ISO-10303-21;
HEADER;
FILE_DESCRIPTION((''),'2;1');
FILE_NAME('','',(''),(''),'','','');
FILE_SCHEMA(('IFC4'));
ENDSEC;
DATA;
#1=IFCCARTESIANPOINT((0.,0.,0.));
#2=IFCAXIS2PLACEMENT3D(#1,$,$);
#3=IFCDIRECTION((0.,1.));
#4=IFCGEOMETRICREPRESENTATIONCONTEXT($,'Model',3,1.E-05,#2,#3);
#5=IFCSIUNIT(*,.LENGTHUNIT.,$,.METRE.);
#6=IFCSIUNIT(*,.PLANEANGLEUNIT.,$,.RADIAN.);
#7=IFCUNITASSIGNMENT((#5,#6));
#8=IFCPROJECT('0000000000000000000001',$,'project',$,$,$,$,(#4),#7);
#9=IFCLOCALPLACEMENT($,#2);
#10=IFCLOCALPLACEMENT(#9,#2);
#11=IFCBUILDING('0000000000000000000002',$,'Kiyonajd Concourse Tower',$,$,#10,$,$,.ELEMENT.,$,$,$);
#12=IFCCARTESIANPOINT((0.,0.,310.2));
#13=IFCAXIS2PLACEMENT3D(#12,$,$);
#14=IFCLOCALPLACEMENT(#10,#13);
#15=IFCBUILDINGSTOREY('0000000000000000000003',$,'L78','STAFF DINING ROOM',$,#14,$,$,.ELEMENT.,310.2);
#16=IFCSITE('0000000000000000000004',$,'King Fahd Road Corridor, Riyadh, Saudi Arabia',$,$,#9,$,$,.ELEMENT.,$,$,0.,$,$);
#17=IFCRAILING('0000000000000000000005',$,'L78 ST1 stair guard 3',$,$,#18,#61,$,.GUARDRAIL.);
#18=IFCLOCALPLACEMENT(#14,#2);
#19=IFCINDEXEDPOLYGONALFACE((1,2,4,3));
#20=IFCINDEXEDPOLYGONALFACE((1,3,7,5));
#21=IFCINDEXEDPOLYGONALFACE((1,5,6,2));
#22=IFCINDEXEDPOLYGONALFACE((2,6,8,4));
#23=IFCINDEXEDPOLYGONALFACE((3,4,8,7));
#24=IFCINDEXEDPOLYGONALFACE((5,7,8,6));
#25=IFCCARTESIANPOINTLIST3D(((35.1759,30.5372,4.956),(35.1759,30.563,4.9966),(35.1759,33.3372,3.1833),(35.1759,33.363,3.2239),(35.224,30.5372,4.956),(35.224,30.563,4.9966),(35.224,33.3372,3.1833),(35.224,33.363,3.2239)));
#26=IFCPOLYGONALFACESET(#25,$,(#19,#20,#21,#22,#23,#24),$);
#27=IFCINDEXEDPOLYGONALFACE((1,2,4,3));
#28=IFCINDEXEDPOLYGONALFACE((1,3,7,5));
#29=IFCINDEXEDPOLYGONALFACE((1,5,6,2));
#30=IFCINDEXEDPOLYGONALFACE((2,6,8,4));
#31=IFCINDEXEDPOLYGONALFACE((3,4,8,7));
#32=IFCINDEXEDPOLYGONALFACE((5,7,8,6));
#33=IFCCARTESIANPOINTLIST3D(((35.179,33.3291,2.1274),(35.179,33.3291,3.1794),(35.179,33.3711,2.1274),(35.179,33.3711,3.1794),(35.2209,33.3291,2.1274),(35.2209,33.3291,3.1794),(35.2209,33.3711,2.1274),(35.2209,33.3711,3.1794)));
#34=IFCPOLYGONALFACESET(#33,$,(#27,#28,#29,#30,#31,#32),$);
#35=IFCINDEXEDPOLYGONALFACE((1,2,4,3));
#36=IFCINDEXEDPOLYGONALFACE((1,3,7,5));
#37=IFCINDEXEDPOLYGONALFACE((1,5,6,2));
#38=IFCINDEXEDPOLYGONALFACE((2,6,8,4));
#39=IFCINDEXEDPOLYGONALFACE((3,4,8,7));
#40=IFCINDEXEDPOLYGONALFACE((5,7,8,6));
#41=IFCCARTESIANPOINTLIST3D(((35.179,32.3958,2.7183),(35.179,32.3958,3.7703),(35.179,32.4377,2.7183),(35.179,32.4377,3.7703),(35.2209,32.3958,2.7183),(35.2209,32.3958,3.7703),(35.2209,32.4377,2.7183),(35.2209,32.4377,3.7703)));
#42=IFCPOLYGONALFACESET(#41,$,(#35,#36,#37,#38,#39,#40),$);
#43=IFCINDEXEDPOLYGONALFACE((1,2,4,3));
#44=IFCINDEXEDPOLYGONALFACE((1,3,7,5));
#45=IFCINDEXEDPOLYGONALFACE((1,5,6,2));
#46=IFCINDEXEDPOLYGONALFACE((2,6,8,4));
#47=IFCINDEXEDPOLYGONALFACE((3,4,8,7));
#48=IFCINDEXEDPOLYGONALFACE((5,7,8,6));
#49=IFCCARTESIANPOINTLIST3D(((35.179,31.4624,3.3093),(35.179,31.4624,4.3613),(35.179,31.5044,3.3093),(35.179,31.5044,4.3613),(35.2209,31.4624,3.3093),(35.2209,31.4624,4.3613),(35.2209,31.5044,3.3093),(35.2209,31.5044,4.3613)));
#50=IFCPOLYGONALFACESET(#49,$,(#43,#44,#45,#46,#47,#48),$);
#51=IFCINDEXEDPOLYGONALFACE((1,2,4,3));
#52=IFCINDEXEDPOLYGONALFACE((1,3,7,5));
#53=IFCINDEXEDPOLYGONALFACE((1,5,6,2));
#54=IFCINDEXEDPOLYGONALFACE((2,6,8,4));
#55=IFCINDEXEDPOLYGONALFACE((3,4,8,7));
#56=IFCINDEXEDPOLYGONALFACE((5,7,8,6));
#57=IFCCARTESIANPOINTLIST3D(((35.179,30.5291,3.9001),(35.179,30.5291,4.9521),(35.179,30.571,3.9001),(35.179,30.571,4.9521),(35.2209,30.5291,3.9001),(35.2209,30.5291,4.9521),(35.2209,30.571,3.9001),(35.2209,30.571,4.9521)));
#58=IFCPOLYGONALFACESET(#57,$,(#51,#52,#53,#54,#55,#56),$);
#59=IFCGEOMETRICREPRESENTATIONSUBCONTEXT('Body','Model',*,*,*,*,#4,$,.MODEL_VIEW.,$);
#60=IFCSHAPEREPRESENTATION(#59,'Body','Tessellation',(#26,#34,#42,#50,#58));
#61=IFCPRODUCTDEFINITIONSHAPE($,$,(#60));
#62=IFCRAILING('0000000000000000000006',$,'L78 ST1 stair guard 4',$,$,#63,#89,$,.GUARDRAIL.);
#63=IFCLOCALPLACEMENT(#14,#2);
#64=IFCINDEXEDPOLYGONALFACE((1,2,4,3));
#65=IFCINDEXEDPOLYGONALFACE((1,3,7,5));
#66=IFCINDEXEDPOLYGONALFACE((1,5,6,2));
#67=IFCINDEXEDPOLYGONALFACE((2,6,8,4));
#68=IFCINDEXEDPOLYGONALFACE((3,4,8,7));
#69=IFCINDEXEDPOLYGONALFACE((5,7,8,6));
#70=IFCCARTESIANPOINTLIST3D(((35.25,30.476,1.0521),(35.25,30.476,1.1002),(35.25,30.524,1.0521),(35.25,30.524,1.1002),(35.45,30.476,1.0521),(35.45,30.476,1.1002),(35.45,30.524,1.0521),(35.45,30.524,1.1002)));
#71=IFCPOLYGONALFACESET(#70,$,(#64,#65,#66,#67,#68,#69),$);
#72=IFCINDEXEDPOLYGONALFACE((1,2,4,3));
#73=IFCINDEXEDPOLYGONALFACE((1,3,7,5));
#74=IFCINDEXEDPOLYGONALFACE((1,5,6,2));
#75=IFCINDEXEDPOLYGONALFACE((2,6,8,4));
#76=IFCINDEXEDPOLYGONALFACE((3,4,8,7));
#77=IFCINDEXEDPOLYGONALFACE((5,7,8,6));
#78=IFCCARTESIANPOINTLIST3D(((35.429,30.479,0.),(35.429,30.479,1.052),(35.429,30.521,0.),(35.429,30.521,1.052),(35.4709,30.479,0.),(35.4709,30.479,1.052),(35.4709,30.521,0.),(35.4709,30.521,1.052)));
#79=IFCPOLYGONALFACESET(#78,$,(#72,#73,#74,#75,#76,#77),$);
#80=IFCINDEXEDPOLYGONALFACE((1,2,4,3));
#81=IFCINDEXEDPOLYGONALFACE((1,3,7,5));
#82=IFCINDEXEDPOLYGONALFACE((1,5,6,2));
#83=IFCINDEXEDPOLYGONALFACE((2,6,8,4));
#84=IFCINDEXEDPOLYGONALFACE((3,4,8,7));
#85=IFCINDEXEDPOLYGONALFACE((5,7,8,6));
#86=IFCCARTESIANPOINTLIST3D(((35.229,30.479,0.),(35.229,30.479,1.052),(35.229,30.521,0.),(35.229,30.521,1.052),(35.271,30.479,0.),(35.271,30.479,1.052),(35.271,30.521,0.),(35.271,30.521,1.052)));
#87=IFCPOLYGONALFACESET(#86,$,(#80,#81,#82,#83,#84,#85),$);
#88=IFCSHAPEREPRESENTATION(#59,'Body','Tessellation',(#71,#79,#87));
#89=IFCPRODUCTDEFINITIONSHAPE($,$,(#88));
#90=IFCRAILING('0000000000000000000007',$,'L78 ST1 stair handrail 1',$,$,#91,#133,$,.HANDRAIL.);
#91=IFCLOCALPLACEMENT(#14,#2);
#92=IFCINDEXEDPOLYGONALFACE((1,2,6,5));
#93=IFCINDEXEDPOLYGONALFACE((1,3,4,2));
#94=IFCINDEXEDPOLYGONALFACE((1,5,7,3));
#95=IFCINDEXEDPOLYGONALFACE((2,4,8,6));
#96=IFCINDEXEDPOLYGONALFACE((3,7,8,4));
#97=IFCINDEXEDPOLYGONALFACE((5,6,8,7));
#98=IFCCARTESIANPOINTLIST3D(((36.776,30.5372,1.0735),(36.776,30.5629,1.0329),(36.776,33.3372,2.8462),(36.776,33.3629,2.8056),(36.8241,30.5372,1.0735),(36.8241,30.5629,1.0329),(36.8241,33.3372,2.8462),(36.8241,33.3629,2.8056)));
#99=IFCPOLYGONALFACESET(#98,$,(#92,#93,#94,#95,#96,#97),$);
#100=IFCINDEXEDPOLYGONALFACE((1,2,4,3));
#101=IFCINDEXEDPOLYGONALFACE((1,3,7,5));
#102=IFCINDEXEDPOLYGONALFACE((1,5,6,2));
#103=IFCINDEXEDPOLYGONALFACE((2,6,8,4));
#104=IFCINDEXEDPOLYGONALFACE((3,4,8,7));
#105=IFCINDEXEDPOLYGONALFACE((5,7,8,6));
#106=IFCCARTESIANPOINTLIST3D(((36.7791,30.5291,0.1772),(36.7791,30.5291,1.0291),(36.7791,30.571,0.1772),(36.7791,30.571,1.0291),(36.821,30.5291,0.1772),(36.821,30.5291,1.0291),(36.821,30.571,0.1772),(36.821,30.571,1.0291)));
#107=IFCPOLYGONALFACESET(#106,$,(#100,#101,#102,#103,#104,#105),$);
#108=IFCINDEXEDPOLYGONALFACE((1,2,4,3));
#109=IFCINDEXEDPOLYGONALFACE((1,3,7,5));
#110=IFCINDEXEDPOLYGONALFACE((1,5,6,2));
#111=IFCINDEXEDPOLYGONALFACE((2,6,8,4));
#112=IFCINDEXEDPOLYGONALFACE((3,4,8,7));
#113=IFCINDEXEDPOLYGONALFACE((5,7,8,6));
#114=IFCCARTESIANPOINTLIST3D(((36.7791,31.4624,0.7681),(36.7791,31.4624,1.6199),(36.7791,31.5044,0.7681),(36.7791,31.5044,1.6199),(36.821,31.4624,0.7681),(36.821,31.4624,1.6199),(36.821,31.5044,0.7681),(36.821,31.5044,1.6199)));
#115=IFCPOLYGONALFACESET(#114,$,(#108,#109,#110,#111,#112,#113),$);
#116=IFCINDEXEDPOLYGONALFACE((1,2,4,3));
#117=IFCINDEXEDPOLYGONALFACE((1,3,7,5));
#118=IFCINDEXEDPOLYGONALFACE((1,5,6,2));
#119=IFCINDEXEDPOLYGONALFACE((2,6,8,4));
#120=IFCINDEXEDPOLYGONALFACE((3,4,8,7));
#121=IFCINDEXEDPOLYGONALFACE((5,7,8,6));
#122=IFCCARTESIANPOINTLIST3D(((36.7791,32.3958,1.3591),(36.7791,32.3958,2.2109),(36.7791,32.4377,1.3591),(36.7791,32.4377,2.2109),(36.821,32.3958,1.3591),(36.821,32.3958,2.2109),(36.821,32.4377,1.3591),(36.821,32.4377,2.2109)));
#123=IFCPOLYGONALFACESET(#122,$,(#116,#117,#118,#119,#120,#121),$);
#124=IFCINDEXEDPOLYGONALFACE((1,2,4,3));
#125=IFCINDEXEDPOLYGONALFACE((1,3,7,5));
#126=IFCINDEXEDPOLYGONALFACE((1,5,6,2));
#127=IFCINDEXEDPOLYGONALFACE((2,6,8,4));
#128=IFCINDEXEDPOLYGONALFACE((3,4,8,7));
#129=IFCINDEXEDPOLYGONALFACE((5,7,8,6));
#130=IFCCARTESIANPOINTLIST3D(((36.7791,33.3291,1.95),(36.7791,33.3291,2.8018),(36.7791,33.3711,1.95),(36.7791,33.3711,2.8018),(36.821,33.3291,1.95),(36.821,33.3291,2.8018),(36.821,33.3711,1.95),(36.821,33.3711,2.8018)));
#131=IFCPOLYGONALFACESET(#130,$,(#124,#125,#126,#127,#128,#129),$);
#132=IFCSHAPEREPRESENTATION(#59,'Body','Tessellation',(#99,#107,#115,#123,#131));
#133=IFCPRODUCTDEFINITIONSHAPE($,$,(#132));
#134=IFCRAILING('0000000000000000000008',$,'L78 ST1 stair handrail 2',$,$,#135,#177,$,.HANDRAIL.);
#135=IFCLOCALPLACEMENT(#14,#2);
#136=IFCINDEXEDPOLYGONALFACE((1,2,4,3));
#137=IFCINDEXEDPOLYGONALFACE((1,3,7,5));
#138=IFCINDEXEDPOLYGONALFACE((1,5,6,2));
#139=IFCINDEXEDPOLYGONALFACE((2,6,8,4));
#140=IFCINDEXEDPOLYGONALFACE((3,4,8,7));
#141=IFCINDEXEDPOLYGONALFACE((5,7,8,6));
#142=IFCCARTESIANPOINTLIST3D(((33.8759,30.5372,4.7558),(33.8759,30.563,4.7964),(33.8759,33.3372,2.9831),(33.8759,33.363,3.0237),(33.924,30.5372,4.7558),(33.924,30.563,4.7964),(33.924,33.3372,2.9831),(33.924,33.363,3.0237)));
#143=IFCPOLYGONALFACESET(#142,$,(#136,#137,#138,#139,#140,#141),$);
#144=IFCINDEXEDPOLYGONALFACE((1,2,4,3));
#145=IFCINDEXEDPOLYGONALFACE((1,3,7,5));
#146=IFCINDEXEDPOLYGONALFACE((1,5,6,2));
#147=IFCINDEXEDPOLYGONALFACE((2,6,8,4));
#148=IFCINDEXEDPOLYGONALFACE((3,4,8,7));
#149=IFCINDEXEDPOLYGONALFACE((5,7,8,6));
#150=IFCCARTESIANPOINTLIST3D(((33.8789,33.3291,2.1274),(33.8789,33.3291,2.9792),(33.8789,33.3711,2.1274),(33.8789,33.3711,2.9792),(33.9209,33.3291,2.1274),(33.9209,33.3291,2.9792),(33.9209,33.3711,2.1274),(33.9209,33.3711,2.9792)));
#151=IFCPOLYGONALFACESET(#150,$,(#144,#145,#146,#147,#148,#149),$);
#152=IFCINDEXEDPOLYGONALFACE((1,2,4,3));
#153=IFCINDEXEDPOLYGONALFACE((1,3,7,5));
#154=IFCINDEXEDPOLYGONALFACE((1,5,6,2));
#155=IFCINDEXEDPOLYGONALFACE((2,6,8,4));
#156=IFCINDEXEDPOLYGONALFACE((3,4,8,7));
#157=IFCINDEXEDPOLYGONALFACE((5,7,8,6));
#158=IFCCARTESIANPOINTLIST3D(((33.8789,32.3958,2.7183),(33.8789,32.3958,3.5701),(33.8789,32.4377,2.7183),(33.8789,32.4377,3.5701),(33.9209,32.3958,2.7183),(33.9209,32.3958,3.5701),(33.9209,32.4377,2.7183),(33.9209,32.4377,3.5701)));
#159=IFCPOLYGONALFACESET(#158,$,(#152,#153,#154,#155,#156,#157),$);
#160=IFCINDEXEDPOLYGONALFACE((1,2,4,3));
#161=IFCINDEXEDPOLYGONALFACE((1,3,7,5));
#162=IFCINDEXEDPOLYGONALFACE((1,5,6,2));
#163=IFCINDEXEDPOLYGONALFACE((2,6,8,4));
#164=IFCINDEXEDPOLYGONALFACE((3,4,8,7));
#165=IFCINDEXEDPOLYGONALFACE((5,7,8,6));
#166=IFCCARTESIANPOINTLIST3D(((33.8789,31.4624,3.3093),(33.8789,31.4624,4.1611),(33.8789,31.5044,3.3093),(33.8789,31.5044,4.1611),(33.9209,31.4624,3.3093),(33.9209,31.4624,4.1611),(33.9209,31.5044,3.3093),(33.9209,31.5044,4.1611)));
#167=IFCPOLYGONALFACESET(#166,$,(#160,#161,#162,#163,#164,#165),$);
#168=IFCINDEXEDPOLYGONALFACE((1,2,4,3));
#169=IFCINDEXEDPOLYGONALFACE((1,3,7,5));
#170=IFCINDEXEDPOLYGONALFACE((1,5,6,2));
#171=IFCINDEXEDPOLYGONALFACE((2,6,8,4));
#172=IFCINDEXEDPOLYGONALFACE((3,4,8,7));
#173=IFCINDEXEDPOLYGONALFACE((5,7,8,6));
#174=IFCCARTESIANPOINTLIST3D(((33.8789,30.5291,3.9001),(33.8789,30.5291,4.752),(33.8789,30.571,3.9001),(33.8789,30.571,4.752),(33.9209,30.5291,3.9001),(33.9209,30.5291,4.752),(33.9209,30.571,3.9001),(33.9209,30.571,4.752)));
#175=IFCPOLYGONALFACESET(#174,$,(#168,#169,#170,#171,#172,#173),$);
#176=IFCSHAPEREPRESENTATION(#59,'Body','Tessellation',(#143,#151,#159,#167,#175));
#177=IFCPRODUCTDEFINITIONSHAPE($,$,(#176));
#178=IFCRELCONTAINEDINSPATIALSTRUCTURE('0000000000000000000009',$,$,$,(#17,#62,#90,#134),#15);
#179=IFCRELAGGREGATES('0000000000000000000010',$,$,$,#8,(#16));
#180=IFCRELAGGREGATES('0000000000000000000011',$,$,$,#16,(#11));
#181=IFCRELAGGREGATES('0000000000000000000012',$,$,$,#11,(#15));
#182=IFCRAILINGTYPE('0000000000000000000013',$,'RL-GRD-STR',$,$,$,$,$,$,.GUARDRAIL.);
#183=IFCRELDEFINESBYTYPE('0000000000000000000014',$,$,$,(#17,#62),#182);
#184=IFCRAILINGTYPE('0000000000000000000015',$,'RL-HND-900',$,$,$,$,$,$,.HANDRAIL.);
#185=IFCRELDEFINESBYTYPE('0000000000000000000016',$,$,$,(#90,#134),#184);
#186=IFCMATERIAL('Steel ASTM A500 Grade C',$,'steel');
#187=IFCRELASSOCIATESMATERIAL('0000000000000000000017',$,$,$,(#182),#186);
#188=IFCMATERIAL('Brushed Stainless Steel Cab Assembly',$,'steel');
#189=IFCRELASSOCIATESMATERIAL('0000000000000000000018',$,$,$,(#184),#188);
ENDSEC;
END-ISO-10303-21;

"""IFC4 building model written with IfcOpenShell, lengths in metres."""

from ifc_helpers import new_model, si_unit, direction, frame, origin, origin_2d, place, context, subcontext, project, spatial, rectangle, extrude, material, type_object, element, save


model = new_model("IFC4")

# Units and contexts
model_context = context("Model", 3, precision=1e-05, world=origin(), true_north=direction((0.0, 1.0)))
body_context = subcontext(model_context, "Body", "Model", "MODEL_VIEW")
ifc_project = project(units=[si_unit("LENGTHUNIT", "METRE"), si_unit("PLANEANGLEUNIT", "RADIAN")], contexts=[model_context])

# Site, building, storey
site_placement = place(None, origin())
site = spatial("IfcSite", under=ifc_project, at=site_placement, Name="King Fahd Road Corridor, Riyadh, Saudi Arabia", CompositionType="ELEMENT", RefElevation=0.0)
building_placement = place(site_placement, origin())
building = spatial("IfcBuilding", under=site, at=building_placement, Name="Kiyonajd Concourse Tower", CompositionType="ELEMENT")
storey_placement = place(building_placement, frame((0.0, 0.0, 310.2)))
storey = spatial("IfcBuildingStorey", under=building, at=storey_placement, Name="L78", Description="STAFF DINING ROOM", CompositionType="ELEMENT", Elevation=310.2)

# Shared definitions
ifc_material_1 = material(Name="Brushed Stainless Steel Cab Assembly", Category="steel")

# Railings
ifc_material_2 = material(Name="Steel ASTM A500 Grade C", Category="steel")
railing_type_1 = type_object("IfcRailingType", Name="RL-GRD-STR", PredefinedType="GUARDRAIL", material=ifc_material_2)
railing_1_placement = place(storey_placement, frame((35.2, 33.3501, 2.1274)))
element("IfcRailing", 1, at=railing_1_placement, inside=storey, type_object=railing_type_1, Name="L78 ST1 stair guard 3", PredefinedType="GUARDRAIL", context=body_context, shape_type="SweptSolid", body=[
    extrude(rectangle(XDim=0.0481, YDim=0.0481, at=origin_2d()), frame((0.0, 0.0, 1.0762), z_axis=(0.0, -0.844909, 0.53491), x_axis=(1.0, 0.0, 0.0)), (0.0, 0.0, 1.0), 3.314),
    extrude(rectangle(XDim=0.042, YDim=0.042, at=origin_2d()), origin(), (0.0, 0.0, 1.0), 1.052),
    extrude(rectangle(XDim=0.042, YDim=0.042, at=origin_2d()), frame((0.0, -0.9333, 0.5908)), (0.0, 0.0, 1.0), 1.052),
    extrude(rectangle(XDim=0.042, YDim=0.042, at=origin_2d()), frame((0.0, -1.8667, 1.1819)), (0.0, 0.0, 1.0), 1.052),
    extrude(rectangle(XDim=0.042, YDim=0.042, at=origin_2d()), frame((0.0, -2.8, 1.7727)), (0.0, 0.0, 1.0), 1.052),
])
railing_2_placement = place(storey_placement, frame((35.45, 30.5, 0.0)))
element("IfcRailing", 2, at=railing_2_placement, inside=storey, type_object=railing_type_1, Name="L78 ST1 stair guard 4", PredefinedType="GUARDRAIL", context=body_context, shape_type="SweptSolid", body=[
    extrude(rectangle(XDim=0.0481, YDim=0.0481, at=origin_2d()), frame((0.0, 0.0, 1.0762), z_axis=(-1.0, 0.0, 0.0), x_axis=(0.0, -1.0, 0.0)), (0.0, 0.0, 1.0), 0.2),
    extrude(rectangle(XDim=0.042, YDim=0.042, at=origin_2d()), origin(), (0.0, 0.0, 1.0), 1.052),
    extrude(rectangle(XDim=0.042, YDim=0.042, at=origin_2d()), frame((-0.2, 0.0, 0.0)), (0.0, 0.0, 1.0), 1.052),
])
railing_type_2 = type_object("IfcRailingType", Name="RL-HND-900", PredefinedType="HANDRAIL", material=ifc_material_1)
railing_3_placement = place(storey_placement, frame((36.8, 30.55, 0.1772)))
element("IfcRailing", 3, at=railing_3_placement, inside=storey, type_object=railing_type_2, Name="L78 ST1 stair handrail 1", PredefinedType="HANDRAIL", context=body_context, shape_type="SweptSolid", body=[
    extrude(rectangle(XDim=0.0481, YDim=0.0481, at=origin_2d()), frame((0.0, 0.0, 0.876), z_axis=(0.0, 0.844909, 0.53491), x_axis=(-1.0, 0.0, 0.0)), (0.0, 0.0, 1.0), 3.314),
    extrude(rectangle(XDim=0.042, YDim=0.042, at=origin_2d()), origin(), (0.0, 0.0, 1.0), 0.8518),
    extrude(rectangle(XDim=0.042, YDim=0.042, at=origin_2d()), frame((0.0, 0.9333, 0.5908)), (0.0, 0.0, 1.0), 0.8518),
    extrude(rectangle(XDim=0.042, YDim=0.042, at=origin_2d()), frame((0.0, 1.8667, 1.1819)), (0.0, 0.0, 1.0), 0.8518),
    extrude(rectangle(XDim=0.042, YDim=0.042, at=origin_2d()), frame((0.0, 2.8, 1.7727)), (0.0, 0.0, 1.0), 0.8518),
])
railing_4_placement = place(storey_placement, frame((33.8999, 33.3501, 2.1274)))
element("IfcRailing", 4, at=railing_4_placement, inside=storey, type_object=railing_type_2, Name="L78 ST1 stair handrail 2", PredefinedType="HANDRAIL", context=body_context, shape_type="SweptSolid", body=[
    extrude(rectangle(XDim=0.0481, YDim=0.0481, at=origin_2d()), frame((0.0, 0.0, 0.876), z_axis=(0.0, -0.844909, 0.53491), x_axis=(1.0, 0.0, 0.0)), (0.0, 0.0, 1.0), 3.314),
    extrude(rectangle(XDim=0.042, YDim=0.042, at=origin_2d()), origin(), (0.0, 0.0, 1.0), 0.8518),
    extrude(rectangle(XDim=0.042, YDim=0.042, at=origin_2d()), frame((0.0, -0.9333, 0.5908)), (0.0, 0.0, 1.0), 0.8518),
    extrude(rectangle(XDim=0.042, YDim=0.042, at=origin_2d()), frame((0.0, -1.8667, 1.1819)), (0.0, 0.0, 1.0), 0.8518),
    extrude(rectangle(XDim=0.042, YDim=0.042, at=origin_2d()), frame((0.0, -2.8, 1.7727)), (0.0, 0.0, 1.0), 0.8518),
])

save(model, "model.ifc")
